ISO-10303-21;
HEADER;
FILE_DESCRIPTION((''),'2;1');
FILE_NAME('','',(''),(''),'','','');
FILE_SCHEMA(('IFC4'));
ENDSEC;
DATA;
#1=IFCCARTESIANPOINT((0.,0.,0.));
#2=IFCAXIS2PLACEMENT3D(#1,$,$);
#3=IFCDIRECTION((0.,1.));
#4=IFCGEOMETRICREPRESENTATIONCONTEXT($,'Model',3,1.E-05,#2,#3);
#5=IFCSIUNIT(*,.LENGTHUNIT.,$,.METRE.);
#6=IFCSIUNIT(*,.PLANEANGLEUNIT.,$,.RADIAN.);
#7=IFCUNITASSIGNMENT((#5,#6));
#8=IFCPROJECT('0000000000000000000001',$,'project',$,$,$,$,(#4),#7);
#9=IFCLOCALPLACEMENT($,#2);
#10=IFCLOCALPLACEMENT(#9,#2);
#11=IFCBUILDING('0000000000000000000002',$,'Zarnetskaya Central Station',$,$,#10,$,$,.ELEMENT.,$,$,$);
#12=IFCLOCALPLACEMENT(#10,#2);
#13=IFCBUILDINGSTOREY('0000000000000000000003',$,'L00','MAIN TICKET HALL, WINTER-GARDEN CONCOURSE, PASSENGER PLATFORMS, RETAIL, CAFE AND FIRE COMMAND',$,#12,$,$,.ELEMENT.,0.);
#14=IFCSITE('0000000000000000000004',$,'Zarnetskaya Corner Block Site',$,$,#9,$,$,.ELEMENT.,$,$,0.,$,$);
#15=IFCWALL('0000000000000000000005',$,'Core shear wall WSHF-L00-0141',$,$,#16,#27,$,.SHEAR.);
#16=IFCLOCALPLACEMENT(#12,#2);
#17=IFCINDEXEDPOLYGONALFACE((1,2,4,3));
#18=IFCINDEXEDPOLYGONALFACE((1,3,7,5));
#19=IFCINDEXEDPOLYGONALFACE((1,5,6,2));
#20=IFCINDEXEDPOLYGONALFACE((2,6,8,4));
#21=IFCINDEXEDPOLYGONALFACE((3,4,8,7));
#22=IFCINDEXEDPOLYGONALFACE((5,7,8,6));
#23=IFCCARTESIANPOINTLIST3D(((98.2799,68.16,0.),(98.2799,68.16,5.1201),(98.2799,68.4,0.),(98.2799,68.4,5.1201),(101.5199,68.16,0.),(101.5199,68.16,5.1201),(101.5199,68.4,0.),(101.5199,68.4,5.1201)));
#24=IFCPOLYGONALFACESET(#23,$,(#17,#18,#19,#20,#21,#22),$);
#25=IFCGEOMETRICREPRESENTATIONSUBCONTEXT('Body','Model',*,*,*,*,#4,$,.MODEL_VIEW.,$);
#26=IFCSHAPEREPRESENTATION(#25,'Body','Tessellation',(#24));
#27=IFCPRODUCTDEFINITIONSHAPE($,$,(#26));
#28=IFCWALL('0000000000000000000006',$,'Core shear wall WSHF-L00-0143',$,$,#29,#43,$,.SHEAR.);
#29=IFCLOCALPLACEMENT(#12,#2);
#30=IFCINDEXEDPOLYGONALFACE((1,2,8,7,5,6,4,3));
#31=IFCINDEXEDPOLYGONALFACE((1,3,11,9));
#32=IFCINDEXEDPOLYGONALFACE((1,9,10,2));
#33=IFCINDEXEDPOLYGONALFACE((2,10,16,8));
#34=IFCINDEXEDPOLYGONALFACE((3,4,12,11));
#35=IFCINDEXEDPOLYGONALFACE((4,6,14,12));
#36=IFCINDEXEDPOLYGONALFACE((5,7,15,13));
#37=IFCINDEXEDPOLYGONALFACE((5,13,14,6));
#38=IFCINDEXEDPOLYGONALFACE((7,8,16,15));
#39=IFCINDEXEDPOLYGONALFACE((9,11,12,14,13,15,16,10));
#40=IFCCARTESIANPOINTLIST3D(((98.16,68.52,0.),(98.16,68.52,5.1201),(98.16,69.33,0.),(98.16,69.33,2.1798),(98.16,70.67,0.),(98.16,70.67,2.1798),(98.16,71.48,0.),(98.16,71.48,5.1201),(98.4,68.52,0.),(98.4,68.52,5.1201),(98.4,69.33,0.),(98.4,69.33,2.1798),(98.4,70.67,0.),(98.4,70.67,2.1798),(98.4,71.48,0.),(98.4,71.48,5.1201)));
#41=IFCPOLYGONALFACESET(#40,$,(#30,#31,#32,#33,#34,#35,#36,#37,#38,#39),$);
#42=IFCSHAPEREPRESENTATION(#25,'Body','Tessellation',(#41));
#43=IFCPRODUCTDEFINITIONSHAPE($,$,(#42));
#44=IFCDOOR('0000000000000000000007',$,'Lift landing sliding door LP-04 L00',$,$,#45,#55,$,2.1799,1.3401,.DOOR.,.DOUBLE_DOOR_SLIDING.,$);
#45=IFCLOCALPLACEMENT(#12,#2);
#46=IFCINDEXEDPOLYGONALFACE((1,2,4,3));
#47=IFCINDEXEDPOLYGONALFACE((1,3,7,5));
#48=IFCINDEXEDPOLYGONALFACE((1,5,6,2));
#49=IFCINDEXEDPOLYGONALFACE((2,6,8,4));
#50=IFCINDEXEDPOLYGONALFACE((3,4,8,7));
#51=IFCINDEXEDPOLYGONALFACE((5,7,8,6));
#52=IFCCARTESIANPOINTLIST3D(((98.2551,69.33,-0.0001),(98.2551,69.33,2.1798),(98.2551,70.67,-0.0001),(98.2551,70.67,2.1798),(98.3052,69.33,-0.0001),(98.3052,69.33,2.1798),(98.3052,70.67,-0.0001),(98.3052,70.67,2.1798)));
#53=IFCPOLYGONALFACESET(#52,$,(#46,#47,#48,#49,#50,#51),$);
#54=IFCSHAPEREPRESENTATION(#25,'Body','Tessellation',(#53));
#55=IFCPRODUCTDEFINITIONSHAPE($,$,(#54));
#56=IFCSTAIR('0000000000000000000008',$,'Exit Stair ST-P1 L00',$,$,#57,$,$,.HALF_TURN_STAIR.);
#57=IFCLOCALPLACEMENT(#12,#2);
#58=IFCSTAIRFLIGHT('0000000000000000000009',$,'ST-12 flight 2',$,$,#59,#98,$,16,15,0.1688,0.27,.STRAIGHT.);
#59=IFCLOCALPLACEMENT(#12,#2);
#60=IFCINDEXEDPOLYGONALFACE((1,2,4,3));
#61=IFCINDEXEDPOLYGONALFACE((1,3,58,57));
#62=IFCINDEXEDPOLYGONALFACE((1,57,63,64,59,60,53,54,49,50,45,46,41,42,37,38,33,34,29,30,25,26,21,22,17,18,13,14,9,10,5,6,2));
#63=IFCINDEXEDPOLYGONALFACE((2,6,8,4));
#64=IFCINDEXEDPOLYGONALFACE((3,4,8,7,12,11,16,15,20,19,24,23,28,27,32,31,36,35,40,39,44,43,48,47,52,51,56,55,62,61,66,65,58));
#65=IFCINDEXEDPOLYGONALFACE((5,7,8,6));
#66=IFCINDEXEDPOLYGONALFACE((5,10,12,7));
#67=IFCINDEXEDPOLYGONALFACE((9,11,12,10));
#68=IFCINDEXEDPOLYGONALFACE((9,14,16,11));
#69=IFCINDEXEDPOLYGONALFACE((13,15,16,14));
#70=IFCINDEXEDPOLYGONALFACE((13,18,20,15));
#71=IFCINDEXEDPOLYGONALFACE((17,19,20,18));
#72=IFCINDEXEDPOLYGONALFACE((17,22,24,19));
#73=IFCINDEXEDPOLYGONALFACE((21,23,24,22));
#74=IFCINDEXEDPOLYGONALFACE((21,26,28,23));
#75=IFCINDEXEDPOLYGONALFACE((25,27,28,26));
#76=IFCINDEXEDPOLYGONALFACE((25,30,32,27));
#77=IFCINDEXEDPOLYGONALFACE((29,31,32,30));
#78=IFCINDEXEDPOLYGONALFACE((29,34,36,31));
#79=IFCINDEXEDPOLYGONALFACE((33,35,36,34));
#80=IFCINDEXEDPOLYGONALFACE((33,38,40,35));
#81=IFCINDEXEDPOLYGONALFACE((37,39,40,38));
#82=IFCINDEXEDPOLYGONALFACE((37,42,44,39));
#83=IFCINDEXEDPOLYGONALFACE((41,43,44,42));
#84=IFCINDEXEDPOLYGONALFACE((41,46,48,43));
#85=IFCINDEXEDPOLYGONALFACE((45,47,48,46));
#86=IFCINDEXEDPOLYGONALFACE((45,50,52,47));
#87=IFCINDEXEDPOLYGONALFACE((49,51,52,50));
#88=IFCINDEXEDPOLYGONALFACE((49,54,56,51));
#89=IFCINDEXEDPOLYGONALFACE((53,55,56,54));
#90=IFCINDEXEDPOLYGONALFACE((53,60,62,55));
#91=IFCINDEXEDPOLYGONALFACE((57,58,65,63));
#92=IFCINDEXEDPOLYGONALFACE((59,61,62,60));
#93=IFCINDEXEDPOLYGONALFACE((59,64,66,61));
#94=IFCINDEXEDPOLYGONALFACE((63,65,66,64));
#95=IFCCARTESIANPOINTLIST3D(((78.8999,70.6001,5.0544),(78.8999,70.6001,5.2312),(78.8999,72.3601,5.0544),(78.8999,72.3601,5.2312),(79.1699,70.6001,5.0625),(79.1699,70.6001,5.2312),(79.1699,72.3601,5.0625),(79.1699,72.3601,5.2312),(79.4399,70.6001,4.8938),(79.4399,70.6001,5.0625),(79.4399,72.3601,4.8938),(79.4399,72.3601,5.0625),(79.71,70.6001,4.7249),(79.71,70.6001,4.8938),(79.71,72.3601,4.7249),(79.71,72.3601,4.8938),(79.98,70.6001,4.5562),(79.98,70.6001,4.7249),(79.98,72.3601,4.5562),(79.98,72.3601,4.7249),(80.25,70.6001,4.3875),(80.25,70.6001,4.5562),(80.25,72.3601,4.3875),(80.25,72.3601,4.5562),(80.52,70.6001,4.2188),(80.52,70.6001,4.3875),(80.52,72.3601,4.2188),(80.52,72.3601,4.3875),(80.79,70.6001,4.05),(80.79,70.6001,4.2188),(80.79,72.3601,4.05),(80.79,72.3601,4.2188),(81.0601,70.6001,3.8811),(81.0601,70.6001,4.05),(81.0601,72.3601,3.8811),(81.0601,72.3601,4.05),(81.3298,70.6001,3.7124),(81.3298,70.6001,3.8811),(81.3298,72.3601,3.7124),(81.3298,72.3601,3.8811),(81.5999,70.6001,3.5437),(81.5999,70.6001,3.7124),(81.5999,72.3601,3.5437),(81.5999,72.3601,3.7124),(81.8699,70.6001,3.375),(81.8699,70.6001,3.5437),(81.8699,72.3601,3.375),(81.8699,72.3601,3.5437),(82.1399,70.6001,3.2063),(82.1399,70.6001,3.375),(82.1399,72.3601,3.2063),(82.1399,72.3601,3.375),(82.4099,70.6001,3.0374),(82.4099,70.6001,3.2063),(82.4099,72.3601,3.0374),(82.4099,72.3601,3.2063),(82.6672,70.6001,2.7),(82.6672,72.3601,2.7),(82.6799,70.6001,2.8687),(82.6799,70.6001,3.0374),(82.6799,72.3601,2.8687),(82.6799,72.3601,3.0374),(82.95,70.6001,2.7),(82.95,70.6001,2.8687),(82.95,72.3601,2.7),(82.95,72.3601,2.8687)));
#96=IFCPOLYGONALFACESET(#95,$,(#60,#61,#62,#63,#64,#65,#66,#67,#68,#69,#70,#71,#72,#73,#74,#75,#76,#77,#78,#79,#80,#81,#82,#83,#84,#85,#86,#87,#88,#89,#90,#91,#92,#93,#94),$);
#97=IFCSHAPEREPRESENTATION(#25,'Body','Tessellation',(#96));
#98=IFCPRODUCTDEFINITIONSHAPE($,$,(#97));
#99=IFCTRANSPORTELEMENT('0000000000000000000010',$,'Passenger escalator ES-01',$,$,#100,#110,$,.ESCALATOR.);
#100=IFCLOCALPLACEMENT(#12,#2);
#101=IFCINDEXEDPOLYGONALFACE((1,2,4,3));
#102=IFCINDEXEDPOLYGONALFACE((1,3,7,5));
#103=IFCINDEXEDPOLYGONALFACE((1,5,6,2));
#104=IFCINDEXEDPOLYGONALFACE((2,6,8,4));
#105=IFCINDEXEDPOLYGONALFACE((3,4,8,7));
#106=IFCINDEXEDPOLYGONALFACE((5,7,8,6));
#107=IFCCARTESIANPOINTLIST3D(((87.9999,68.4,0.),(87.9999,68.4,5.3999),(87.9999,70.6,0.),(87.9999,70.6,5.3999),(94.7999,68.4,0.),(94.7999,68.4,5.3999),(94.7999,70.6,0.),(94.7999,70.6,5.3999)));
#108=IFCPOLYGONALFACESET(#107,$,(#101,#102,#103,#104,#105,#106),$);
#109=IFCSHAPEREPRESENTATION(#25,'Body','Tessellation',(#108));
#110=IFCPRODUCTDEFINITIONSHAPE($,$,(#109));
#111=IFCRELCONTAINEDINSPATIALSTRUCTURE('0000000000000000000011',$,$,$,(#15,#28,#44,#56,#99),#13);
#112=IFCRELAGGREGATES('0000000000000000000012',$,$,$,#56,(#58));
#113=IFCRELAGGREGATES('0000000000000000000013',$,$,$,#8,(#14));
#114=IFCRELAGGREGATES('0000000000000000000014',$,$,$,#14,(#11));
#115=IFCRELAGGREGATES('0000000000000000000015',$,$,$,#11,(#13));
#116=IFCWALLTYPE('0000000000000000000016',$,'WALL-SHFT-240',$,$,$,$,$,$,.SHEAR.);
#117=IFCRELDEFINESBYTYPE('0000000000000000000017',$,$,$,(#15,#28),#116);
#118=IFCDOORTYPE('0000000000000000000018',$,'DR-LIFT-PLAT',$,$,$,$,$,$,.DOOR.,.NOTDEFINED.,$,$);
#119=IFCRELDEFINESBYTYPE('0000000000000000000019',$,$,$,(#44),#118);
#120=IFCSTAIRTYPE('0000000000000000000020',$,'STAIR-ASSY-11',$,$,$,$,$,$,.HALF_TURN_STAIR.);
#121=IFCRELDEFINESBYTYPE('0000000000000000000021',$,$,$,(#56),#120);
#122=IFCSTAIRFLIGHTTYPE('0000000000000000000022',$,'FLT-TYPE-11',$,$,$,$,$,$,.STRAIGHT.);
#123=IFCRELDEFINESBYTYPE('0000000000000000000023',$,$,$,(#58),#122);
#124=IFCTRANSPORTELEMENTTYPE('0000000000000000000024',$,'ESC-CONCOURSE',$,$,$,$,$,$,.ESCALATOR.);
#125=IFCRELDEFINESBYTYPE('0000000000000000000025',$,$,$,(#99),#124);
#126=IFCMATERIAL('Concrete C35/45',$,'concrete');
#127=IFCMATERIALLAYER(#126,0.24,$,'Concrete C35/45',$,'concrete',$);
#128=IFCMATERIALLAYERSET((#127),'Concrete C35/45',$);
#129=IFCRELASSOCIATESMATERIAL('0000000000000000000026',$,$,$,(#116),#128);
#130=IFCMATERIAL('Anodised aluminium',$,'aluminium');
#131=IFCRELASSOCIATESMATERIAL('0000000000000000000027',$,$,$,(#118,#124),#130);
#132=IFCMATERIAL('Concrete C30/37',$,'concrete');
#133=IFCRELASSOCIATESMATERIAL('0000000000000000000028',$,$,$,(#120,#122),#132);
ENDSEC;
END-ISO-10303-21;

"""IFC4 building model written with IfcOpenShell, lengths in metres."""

from ifc_helpers import new_model, si_unit, direction, frame, frame_2d, origin, origin_2d, place, context, subcontext, project, spatial, polyline, rectangle, outline, extrude, material, layer, layer_set, type_object, element, fill, aggregate, save


model = new_model("IFC4")

# Units and contexts
model_context = context("Model", 3, precision=1e-05, world=origin(), true_north=direction((0.0, 1.0)))
body_context = subcontext(model_context, "Body", "Model", "MODEL_VIEW")
ifc_project = project(units=[si_unit("LENGTHUNIT", "METRE"), si_unit("PLANEANGLEUNIT", "RADIAN")], contexts=[model_context])

# Site, building, storey
site_placement = place(None, origin())
site = spatial("IfcSite", under=ifc_project, at=site_placement, Name="Zarnetskaya Corner Block Site", CompositionType="ELEMENT", RefElevation=0.0)
building_placement = place(site_placement, origin())
building = spatial("IfcBuilding", under=site, at=building_placement, Name="Zarnetskaya Central Station", CompositionType="ELEMENT")
storey_placement = place(building_placement, origin())
storey = spatial("IfcBuildingStorey", under=building, at=storey_placement, Name="L00", Description="MAIN TICKET HALL, WINTER-GARDEN CONCOURSE, PASSENGER PLATFORMS, RETAIL, CAFE AND FIRE COMMAND", CompositionType="ELEMENT", Elevation=0.0)

# Shared definitions
ifc_material_1 = material(Name="Anodised aluminium", Category="aluminium")

# Wall
ifc_material_2 = material(Name="Concrete C35/45", Category="concrete")
ifc_layer_1 = layer(ifc_material_2, 0.24, Name="Concrete C35/45", Category="concrete")
ifc_layer_set_1 = layer_set([ifc_layer_1], Name="Concrete C35/45")
wall_type_1 = type_object("IfcWallType", Name="WALL-SHFT-240", PredefinedType="SHEAR", material=ifc_layer_set_1)
wall_1_placement = place(storey_placement, frame((101.52, 68.28, 0.0), z_axis=(0.0, 0.0, 1.0), x_axis=(-1.0, 0.0, 0.0)))
element("IfcWall", 1, at=wall_1_placement, inside=storey, type_object=wall_type_1, Name="Core shear wall WSHF-L00-0141", PredefinedType="SHEAR", context=body_context, shape_type="SweptSolid", body=[
    extrude(rectangle(XDim=3.24, YDim=0.24, at=frame_2d((1.6201, 0.0))), origin(), (0.0, 0.0, 1.0), 5.1201),
])

# Wall, opening, door
wall_2_placement = place(storey_placement, frame((98.28, 68.52, 0.0), z_axis=(0.0, 0.0, 1.0), x_axis=(0.0, 1.0, 0.0)))
wall_2 = element("IfcWall", 2, at=wall_2_placement, inside=storey, type_object=wall_type_1, Name="Core shear wall WSHF-L00-0143", PredefinedType="SHEAR", context=body_context, shape_type="SweptSolid", body=[
    extrude(rectangle(XDim=2.96, YDim=0.24, at=frame_2d((1.48, 0.0))), origin(), (0.0, 0.0, 1.0), 5.1201),
])
opening_1_placement = place(wall_2_placement, frame((0.8101, 0.0, 0.0)))
opening_1 = element("IfcOpeningElement", 3, at=opening_1_placement, cuts=wall_2, PredefinedType="OPENING", context=body_context, shape_type="SweptSolid", body=[
    extrude(rectangle(XDim=1.3401, YDim=2.1799, at=frame_2d((0.6699, 1.0898))), frame((0.0, 0.1299, 0.0), z_axis=(0.0, -1.0, 0.0), x_axis=(1.0, 0.0, 0.0)), (0.0, 0.0, 1.0), 0.26),
])
door_type_1 = type_object("IfcDoorType", Name="DR-LIFT-PLAT", OperationType="NOTDEFINED", PredefinedType="DOOR", material=ifc_material_1)
door_1_placement = place(opening_1_placement, origin())
door_1 = element("IfcDoor", 4, at=door_1_placement, inside=storey, type_object=door_type_1, Name="Lift landing sliding door LP-04 L00", OperationType="DOUBLE_DOOR_SLIDING", OverallHeight=2.1799, OverallWidth=1.3401, PredefinedType="DOOR", context=body_context, shape_type="SweptSolid", body=[
    extrude(rectangle(XDim=1.3401, YDim=2.1799, at=frame_2d((0.6699, 1.0898))), frame((0.0, 0.0249, 0.0), z_axis=(0.0, -1.0, 0.0), x_axis=(1.0, 0.0, 0.0)), (0.0, 0.0, 1.0), 0.05),
])
fill(opening_1, door_1)

# Stair, stair flight
ifc_material_3 = material(Name="Concrete C30/37", Category="concrete")
stair_type = type_object("IfcStairType", Name="STAIR-ASSY-11", PredefinedType="HALF_TURN_STAIR", material=ifc_material_3)
stair_placement = place(storey_placement, origin())
stair = element("IfcStair", 5, at=stair_placement, inside=storey, type_object=stair_type, Name="Exit Stair ST-P1 L00", PredefinedType="HALF_TURN_STAIR")
stair_flight_type = type_object("IfcStairFlightType", Name="FLT-TYPE-11", PredefinedType="STRAIGHT", material=ifc_material_3)
stair_flight_placement = place(storey_placement, frame((82.95, 71.48, 2.7), z_axis=(0.0, 0.0, 1.0), x_axis=(-1.0, 0.0, 0.0)))
stair_flight = element("IfcStairFlight", 6, at=stair_flight_placement, type_object=stair_flight_type, Name="ST-12 flight 2", NumberOfRisers=16, NumberOfTreads=15, PredefinedType="STRAIGHT", RiserHeight=0.1688, TreadLength=0.27, context=body_context, shape_type="SweptSolid", body=[
    extrude(outline(polyline([(0.0, 0.0), (0.0, 0.1687), (0.27, 0.1687), (0.27, 0.3374), (0.54, 0.3374), (0.54, 0.5063), (0.8101, 0.5063), (0.8101, 0.675), (1.0801, 0.675), (1.0801, 0.8438), (1.3501, 0.8438), (1.3501, 1.0125), (1.6201, 1.0125), (1.6201, 1.1812), (1.8899, 1.1812), (1.8899, 1.3501), (2.1599, 1.3501), (2.1599, 1.5188), (2.4299, 1.5188), (2.4299, 1.6875), (2.7, 1.6875), (2.7, 1.8562), (2.97, 1.8562), (2.97, 2.0249), (3.24, 2.0249), (3.24, 2.1938), (3.51, 2.1938), (3.51, 2.3625), (3.78, 2.3625), (3.78, 2.5312), (4.05, 2.5312), (4.05, 2.7), (4.05, 2.3545), (0.2827, 0.0), (0.0, 0.0)])), frame((0.0, 0.8799, 0.0), z_axis=(0.0, -1.0, 0.0), x_axis=(1.0, 0.0, 0.0)), (0.0, 0.0, 1.0), 1.76),
])
aggregate(stair, [stair_flight])

# Transport element
transport_element_type = type_object("IfcTransportElementType", Name="ESC-CONCOURSE", PredefinedType="ESCALATOR", material=ifc_material_1)
transport_element_placement = place(storey_placement, frame((91.3999, 69.5, 0.0), z_axis=(0.0, 0.0, 1.0), x_axis=(1.0, 0.0, 0.0)))
element("IfcTransportElement", 7, at=transport_element_placement, inside=storey, type_object=transport_element_type, Name="Passenger escalator ES-01", PredefinedType="ESCALATOR", context=body_context, shape_type="SweptSolid", body=[
    extrude(rectangle(XDim=6.8, YDim=2.2, at=origin_2d()), origin(), (0.0, 0.0, 1.0), 5.3999),
])

save(model, "model.ifc")
